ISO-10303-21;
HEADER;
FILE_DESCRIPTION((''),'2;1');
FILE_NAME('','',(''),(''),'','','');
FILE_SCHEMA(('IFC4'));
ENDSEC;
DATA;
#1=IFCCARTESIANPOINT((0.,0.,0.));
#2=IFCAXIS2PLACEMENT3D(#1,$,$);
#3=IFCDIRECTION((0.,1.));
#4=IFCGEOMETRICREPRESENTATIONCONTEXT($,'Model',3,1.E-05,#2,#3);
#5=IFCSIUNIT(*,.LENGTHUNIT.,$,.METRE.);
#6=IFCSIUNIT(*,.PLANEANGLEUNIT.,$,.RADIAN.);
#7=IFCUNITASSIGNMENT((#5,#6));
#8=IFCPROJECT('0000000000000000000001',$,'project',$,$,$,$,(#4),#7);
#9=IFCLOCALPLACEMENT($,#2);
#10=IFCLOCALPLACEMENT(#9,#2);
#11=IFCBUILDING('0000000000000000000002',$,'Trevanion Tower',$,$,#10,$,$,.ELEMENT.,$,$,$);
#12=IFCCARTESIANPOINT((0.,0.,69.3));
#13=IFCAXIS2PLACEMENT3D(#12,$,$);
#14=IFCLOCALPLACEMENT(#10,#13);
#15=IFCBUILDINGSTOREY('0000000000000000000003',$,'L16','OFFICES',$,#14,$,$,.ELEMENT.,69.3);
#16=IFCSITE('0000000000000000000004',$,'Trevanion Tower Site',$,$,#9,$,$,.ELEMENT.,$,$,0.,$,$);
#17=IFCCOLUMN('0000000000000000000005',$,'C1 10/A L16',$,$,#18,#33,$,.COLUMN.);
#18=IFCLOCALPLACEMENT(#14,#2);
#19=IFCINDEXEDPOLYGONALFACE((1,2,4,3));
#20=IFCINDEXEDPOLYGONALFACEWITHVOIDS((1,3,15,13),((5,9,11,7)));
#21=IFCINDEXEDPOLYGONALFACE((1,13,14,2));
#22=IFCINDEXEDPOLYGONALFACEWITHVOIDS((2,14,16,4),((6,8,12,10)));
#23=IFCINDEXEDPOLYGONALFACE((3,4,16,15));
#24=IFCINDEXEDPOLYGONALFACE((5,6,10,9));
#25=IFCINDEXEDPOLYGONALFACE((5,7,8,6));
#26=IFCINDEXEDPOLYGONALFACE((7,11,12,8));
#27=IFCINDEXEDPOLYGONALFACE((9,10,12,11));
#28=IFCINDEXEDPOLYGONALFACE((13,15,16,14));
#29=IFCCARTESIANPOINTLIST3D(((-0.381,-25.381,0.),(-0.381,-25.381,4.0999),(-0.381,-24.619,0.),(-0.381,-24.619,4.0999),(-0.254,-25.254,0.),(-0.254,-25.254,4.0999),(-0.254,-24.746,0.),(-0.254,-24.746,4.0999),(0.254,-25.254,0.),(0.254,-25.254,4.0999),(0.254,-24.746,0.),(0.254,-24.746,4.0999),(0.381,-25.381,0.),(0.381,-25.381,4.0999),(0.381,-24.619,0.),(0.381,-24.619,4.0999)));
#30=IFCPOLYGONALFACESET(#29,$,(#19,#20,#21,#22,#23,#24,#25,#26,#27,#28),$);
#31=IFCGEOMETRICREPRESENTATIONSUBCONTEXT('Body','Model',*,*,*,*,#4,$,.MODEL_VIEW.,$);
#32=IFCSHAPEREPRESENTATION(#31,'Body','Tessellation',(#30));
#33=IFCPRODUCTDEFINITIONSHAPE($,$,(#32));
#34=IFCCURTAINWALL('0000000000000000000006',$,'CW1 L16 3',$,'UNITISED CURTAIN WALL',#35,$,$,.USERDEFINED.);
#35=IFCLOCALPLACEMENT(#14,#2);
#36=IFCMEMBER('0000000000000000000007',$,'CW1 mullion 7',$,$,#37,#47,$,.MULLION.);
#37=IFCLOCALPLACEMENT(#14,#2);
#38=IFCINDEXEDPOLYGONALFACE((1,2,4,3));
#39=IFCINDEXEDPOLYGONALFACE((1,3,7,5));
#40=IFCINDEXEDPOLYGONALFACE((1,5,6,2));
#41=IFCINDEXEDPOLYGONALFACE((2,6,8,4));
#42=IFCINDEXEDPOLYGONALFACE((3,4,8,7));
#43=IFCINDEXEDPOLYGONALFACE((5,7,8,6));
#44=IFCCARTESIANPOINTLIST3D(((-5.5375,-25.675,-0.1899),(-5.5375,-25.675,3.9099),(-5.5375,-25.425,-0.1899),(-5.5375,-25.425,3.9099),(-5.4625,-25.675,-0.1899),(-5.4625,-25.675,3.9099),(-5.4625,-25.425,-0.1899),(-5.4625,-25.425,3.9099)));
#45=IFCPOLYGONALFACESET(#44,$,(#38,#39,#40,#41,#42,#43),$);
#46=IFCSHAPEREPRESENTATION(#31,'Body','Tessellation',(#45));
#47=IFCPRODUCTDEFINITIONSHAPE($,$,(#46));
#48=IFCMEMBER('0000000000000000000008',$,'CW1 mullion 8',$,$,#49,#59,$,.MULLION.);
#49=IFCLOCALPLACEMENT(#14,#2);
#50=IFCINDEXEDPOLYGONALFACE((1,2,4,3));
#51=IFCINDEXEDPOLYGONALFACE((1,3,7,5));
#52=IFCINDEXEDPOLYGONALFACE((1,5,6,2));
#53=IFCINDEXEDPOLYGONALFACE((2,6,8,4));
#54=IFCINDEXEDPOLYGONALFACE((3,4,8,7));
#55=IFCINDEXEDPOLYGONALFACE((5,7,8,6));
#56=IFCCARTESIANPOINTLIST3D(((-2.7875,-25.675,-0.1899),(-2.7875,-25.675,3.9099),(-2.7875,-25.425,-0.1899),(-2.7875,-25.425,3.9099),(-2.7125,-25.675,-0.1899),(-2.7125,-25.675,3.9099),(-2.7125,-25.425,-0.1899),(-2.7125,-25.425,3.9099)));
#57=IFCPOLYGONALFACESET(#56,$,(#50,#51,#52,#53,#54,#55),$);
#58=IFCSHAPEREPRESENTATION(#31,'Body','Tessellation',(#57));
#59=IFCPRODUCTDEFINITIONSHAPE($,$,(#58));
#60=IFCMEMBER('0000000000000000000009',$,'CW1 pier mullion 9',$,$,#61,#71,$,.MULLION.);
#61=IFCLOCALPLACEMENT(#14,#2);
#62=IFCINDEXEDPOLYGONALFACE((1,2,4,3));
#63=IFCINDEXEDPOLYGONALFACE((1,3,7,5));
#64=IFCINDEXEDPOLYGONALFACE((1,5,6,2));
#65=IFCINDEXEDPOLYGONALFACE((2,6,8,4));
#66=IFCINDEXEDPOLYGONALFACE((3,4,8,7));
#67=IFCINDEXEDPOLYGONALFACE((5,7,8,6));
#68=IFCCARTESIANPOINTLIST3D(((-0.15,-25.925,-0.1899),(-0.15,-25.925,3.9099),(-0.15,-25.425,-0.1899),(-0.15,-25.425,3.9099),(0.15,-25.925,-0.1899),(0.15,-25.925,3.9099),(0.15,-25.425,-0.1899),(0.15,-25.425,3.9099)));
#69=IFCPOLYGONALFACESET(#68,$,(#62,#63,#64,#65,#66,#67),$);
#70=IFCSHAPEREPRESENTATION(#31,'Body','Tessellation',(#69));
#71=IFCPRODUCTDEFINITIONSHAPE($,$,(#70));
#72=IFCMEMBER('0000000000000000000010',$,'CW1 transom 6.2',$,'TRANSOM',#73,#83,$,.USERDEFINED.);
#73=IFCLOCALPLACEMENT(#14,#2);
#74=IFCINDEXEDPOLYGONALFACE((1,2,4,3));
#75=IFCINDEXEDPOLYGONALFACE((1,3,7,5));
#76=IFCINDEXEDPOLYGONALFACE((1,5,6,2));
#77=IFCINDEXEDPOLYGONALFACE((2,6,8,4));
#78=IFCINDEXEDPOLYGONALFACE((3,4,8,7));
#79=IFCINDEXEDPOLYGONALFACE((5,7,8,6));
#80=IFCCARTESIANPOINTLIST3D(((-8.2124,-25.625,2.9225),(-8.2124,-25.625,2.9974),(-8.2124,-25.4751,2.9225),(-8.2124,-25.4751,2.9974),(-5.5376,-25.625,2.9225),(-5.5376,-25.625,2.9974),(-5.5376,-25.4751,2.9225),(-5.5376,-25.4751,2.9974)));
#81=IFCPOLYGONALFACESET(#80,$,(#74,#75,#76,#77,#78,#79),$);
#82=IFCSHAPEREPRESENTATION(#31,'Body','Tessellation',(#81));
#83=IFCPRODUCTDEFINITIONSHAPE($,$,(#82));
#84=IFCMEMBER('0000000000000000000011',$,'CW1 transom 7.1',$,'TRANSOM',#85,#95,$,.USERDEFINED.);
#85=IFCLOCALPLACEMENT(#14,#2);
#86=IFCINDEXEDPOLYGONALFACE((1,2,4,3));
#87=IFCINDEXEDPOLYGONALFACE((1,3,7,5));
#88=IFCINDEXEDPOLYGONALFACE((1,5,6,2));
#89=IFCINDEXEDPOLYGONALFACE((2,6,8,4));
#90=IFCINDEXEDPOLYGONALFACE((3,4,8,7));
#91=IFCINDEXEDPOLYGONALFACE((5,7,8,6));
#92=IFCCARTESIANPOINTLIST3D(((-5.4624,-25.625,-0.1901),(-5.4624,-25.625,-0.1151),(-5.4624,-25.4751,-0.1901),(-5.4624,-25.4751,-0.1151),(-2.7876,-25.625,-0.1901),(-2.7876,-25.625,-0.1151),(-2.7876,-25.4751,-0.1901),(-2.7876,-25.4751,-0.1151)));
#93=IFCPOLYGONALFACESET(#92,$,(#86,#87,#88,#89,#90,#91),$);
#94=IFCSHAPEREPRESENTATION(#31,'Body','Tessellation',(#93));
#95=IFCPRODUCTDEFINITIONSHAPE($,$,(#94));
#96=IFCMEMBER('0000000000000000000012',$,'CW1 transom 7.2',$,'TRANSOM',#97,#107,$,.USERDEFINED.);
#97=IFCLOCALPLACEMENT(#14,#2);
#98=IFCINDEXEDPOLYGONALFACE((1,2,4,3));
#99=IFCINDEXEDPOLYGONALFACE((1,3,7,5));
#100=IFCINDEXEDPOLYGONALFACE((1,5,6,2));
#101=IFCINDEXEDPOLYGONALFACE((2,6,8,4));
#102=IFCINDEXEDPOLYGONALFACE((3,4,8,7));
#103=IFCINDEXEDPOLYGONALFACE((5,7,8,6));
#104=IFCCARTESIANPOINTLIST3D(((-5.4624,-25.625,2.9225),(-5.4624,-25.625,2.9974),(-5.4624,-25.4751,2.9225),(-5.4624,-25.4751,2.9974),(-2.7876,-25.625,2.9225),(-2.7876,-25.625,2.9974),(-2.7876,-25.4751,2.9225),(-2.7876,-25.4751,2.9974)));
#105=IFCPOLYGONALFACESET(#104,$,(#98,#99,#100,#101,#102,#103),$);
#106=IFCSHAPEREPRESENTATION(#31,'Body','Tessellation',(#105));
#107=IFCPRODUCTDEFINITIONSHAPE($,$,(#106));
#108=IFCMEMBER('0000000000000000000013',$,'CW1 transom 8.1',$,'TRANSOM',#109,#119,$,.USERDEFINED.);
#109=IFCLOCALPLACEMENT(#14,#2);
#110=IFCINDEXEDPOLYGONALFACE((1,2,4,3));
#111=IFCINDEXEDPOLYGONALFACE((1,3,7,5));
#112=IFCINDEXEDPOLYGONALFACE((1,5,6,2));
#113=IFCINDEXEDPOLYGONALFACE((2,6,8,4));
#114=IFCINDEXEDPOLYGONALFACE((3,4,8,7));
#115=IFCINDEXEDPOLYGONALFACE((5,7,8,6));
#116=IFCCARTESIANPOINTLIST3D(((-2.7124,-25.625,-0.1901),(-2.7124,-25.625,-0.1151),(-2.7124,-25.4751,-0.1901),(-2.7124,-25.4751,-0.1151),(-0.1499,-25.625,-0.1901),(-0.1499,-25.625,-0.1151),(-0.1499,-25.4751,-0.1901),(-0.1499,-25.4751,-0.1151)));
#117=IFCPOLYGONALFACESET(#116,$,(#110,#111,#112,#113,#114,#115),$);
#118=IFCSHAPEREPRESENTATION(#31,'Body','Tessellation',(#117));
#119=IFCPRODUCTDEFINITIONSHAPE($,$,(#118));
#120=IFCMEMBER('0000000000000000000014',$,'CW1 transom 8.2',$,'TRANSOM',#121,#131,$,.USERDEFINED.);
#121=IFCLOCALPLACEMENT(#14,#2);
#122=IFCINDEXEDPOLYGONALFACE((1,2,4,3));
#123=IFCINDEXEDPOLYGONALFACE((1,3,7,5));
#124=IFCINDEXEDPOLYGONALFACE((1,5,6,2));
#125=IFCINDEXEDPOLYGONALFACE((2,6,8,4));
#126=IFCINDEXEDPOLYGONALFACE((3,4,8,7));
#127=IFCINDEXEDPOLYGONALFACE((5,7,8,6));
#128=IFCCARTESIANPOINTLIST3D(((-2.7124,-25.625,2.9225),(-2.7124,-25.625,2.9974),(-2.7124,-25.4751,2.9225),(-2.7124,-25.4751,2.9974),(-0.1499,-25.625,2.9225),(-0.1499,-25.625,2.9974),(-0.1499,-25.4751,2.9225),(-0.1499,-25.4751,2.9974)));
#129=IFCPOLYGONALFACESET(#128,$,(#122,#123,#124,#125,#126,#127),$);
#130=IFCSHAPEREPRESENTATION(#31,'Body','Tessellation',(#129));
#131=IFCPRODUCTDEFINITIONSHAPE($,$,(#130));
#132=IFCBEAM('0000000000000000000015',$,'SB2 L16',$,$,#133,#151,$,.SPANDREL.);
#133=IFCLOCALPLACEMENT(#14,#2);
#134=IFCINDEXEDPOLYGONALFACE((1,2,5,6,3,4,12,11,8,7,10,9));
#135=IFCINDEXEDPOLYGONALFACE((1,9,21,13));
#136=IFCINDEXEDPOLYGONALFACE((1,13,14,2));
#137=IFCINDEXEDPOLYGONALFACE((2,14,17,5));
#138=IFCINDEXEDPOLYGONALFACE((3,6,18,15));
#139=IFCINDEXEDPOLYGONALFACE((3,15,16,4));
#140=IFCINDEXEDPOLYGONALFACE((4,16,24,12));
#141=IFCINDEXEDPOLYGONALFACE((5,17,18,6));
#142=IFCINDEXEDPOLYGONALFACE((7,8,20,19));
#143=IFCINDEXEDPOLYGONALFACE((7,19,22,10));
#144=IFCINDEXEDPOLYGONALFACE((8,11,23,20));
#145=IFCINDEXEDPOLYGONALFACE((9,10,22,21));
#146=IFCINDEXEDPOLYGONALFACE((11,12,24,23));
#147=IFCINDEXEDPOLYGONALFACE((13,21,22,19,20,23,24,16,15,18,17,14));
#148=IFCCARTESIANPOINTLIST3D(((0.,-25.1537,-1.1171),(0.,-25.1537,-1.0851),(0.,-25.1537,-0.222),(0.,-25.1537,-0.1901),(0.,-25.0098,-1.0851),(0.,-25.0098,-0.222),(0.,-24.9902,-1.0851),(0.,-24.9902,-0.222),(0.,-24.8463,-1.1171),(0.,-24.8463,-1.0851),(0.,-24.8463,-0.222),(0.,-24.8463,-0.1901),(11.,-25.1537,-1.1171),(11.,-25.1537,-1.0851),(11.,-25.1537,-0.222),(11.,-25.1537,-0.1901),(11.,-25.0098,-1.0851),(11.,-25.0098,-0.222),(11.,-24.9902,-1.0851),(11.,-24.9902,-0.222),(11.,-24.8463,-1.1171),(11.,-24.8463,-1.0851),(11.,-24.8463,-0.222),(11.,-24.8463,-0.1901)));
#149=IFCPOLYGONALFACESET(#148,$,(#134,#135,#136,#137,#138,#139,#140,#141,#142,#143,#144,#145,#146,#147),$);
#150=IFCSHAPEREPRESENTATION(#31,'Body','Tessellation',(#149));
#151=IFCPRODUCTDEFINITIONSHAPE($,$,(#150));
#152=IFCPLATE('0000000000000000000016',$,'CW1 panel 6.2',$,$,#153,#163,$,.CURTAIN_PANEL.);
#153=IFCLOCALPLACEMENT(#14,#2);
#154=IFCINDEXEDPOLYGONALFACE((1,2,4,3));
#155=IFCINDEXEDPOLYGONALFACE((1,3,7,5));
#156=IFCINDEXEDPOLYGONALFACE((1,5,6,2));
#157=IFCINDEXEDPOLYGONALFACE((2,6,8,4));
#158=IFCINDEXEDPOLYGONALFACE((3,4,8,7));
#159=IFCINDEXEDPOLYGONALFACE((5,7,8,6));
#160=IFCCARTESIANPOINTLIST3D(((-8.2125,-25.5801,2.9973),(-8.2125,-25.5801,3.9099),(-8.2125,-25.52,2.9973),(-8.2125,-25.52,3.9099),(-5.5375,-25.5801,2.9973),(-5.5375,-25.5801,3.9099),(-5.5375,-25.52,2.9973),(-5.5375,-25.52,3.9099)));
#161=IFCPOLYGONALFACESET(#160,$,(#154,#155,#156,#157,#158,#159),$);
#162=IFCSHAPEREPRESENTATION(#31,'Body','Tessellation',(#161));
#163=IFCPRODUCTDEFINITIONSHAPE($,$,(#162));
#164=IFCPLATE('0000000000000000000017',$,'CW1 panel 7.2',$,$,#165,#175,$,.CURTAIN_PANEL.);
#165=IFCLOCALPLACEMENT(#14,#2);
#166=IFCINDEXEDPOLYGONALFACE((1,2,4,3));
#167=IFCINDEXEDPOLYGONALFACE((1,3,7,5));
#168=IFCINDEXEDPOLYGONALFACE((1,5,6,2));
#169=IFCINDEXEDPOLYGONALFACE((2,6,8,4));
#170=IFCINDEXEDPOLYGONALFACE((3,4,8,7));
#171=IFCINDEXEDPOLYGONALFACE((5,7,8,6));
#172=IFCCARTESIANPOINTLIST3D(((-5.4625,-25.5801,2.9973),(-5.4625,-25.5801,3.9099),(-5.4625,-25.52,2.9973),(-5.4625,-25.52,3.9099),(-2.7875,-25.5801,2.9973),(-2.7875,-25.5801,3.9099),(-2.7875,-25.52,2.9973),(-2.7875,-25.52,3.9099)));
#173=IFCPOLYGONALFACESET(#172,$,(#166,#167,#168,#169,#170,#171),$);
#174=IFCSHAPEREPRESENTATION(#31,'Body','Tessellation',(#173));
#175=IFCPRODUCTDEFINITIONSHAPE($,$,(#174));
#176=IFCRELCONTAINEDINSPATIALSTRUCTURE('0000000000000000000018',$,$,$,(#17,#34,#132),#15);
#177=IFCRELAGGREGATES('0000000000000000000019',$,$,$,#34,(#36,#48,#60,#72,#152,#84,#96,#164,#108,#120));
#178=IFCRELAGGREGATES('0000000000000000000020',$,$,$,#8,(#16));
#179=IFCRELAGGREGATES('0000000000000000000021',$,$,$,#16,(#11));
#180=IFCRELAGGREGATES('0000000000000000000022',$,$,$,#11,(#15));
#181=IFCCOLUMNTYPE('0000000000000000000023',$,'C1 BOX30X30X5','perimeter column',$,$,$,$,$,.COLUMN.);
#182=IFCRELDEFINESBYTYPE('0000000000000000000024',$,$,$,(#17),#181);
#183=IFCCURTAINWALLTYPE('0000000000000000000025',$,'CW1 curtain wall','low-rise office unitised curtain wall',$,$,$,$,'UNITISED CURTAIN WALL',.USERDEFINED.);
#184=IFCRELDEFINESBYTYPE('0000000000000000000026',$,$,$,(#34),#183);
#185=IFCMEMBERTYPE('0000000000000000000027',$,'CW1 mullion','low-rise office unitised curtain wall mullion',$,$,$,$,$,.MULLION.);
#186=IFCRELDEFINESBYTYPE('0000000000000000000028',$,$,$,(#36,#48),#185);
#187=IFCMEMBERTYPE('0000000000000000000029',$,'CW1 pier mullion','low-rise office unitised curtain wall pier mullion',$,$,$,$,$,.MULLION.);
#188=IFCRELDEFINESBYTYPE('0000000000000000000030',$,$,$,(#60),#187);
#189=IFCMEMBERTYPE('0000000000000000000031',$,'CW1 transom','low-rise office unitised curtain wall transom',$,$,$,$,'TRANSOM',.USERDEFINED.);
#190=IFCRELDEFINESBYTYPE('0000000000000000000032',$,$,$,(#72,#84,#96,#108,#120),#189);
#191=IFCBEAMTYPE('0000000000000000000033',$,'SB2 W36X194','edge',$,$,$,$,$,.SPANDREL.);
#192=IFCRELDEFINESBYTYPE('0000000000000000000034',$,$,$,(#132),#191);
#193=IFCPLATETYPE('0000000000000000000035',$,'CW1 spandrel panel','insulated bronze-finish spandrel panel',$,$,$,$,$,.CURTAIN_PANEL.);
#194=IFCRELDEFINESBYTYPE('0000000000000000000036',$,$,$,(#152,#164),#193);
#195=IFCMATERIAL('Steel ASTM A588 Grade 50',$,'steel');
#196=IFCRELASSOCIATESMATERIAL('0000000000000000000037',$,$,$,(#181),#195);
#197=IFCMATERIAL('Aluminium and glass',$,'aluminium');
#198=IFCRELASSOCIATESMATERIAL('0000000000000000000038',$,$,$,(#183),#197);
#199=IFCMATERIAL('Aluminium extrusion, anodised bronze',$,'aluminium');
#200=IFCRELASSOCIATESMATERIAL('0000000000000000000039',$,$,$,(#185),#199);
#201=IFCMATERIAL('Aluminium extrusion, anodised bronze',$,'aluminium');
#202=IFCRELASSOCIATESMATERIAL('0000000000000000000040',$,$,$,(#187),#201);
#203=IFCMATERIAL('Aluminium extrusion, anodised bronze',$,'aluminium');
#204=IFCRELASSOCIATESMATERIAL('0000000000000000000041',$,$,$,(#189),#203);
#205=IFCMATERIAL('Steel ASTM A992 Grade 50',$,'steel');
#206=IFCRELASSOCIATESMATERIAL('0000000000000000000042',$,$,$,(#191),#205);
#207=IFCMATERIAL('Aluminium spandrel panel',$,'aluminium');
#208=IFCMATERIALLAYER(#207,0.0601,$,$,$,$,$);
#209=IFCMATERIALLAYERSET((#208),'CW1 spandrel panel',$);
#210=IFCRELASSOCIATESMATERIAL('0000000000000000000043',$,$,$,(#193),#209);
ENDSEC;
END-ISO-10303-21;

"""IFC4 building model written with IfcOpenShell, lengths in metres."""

from ifc_helpers import new_model, si_unit, direction, frame, origin, origin_2d, place, context, subcontext, project, spatial, rectangle, hollow_rectangle, i_section, extrude, material, layer, layer_set, material_profile, profile_set, type_object, element, aggregate, save


model = new_model("IFC4")

# Units and contexts
model_context = context("Model", 3, precision=1e-05, world=origin(), true_north=direction((0.0, 1.0)))
body_context = subcontext(model_context, "Body", "Model", "MODEL_VIEW")
ifc_project = project(units=[si_unit("LENGTHUNIT", "METRE"), si_unit("PLANEANGLEUNIT", "RADIAN")], contexts=[model_context])

# Site, building, storey
site_placement = place(None, origin())
site = spatial("IfcSite", under=ifc_project, at=site_placement, Name="Trevanion Tower Site", CompositionType="ELEMENT", RefElevation=0.0)
building_placement = place(site_placement, origin())
building = spatial("IfcBuilding", under=site, at=building_placement, Name="Trevanion Tower", CompositionType="ELEMENT")
storey_placement = place(building_placement, frame((0.0, 0.0, 69.3)))
storey = spatial("IfcBuildingStorey", under=building, at=storey_placement, Name="L16", Description="OFFICES", CompositionType="ELEMENT", Elevation=69.3)

# Column
ifc_material_1 = material(Name="Steel ASTM A588 Grade 50", Category="steel")
ifc_material_profile_1 = material_profile(ifc_material_1, hollow_rectangle(XDim=0.762, YDim=0.762, WallThickness=0.127, at=origin_2d()), Name="BOX30X30X5")
ifc_profile_set_1 = profile_set([ifc_material_profile_1], Name="Steel ASTM A588 Grade 50")
column_type = type_object("IfcColumnType", Name="C1 BOX30X30X5", Description="perimeter column", PredefinedType="COLUMN", material=ifc_profile_set_1)
column_placement = place(storey_placement, frame((0.0, -25.0, 0.0), z_axis=(0.0, 0.0, 1.0), x_axis=(1.0, 0.0, 0.0)))
element("IfcColumn", 1, at=column_placement, inside=storey, type_object=column_type, Name="C1 10/A L16", PredefinedType="COLUMN", context=body_context, shape_type="SweptSolid", body=[
    extrude(hollow_rectangle(XDim=0.762, YDim=0.762, WallThickness=0.127, at=origin_2d()), origin(), (0.0, 0.0, 1.0), 4.0999),
])

# Curtain wall, members
ifc_material_2 = material(Name="Aluminium and glass", Category="aluminium")
curtain_wall_type = type_object("IfcCurtainWallType", Name="CW1 curtain wall", Description="low-rise office unitised curtain wall", ElementType="UNITISED CURTAIN WALL", PredefinedType="USERDEFINED", material=ifc_material_2)
curtain_wall_placement = place(storey_placement, origin())
curtain_wall = element("IfcCurtainWall", 2, at=curtain_wall_placement, inside=storey, type_object=curtain_wall_type, Name="CW1 L16 3", ObjectType="UNITISED CURTAIN WALL", PredefinedType="USERDEFINED")
ifc_material_3 = material(Name="Aluminium extrusion, anodised bronze", Category="aluminium")
ifc_material_profile_2 = material_profile(ifc_material_3, rectangle(XDim=0.075, YDim=0.25, at=origin_2d()), Name="CW1 mullion")
ifc_profile_set_2 = profile_set([ifc_material_profile_2], Name="Aluminium extrusion, anodised bronze")
member_type_1 = type_object("IfcMemberType", Name="CW1 mullion", Description="low-rise office unitised curtain wall mullion", PredefinedType="MULLION", material=ifc_profile_set_2)
member_1_placement = place(storey_placement, frame((-5.5, -25.55, -0.1899), z_axis=(0.0, 0.0, 1.0), x_axis=(1.0, 0.0, 0.0)))
member_1 = element("IfcMember", 3, at=member_1_placement, type_object=member_type_1, Name="CW1 mullion 7", PredefinedType="MULLION", context=body_context, shape_type="SweptSolid", body=[
    extrude(rectangle(XDim=0.075, YDim=0.25, at=origin_2d()), origin(), (0.0, 0.0, 1.0), 4.0999),
])
member_2_placement = place(storey_placement, frame((-2.75, -25.55, -0.1899), z_axis=(0.0, 0.0, 1.0), x_axis=(1.0, 0.0, 0.0)))
member_2 = element("IfcMember", 4, at=member_2_placement, type_object=member_type_1, Name="CW1 mullion 8", PredefinedType="MULLION", context=body_context, shape_type="SweptSolid", body=[
    extrude(rectangle(XDim=0.075, YDim=0.25, at=origin_2d()), origin(), (0.0, 0.0, 1.0), 4.0999),
])
ifc_material_4 = material(Name="Aluminium extrusion, anodised bronze", Category="aluminium")
ifc_material_profile_3 = material_profile(ifc_material_4, rectangle(XDim=0.3, YDim=0.5, at=origin_2d()), Name="CW1 pier mullion")
ifc_profile_set_3 = profile_set([ifc_material_profile_3], Name="Aluminium extrusion, anodised bronze")
member_type_2 = type_object("IfcMemberType", Name="CW1 pier mullion", Description="low-rise office unitised curtain wall pier mullion", PredefinedType="MULLION", material=ifc_profile_set_3)
member_3_placement = place(storey_placement, frame((0.0, -25.675, -0.1899), z_axis=(0.0, 0.0, 1.0), x_axis=(1.0, 0.0, 0.0)))
member_3 = element("IfcMember", 5, at=member_3_placement, type_object=member_type_2, Name="CW1 pier mullion 9", PredefinedType="MULLION", context=body_context, shape_type="SweptSolid", body=[
    extrude(rectangle(XDim=0.3, YDim=0.5, at=origin_2d()), origin(), (0.0, 0.0, 1.0), 4.0999),
])
ifc_material_5 = material(Name="Aluminium extrusion, anodised bronze", Category="aluminium")
ifc_material_profile_4 = material_profile(ifc_material_5, rectangle(XDim=0.1499, YDim=0.075, at=origin_2d()), Name="CW1 transom")
ifc_profile_set_4 = profile_set([ifc_material_profile_4], Name="Aluminium extrusion, anodised bronze")
member_type_3 = type_object("IfcMemberType", Name="CW1 transom", Description="low-rise office unitised curtain wall transom", ElementType="TRANSOM", PredefinedType="USERDEFINED", material=ifc_profile_set_4)
member_4_placement = place(storey_placement, frame((-8.2124, -25.55, 2.96), z_axis=(1.0, 0.0, 0.0), x_axis=(0.0, 1.0, 0.0)))
member_4 = element("IfcMember", 6, at=member_4_placement, type_object=member_type_3, Name="CW1 transom 6.2", ObjectType="TRANSOM", PredefinedType="USERDEFINED", context=body_context, shape_type="SweptSolid", body=[
    extrude(rectangle(XDim=0.1499, YDim=0.075, at=origin_2d()), origin(), (0.0, 0.0, 1.0), 2.6748),
])
member_5_placement = place(storey_placement, frame((-5.4624, -25.55, -0.1526), z_axis=(1.0, 0.0, 0.0), x_axis=(0.0, 1.0, 0.0)))
member_5 = element("IfcMember", 7, at=member_5_placement, type_object=member_type_3, Name="CW1 transom 7.1", ObjectType="TRANSOM", PredefinedType="USERDEFINED", context=body_context, shape_type="SweptSolid", body=[
    extrude(rectangle(XDim=0.1499, YDim=0.075, at=origin_2d()), origin(), (0.0, 0.0, 1.0), 2.6748),
])
member_6_placement = place(storey_placement, frame((-5.4624, -25.55, 2.96), z_axis=(1.0, 0.0, 0.0), x_axis=(0.0, 1.0, 0.0)))
member_6 = element("IfcMember", 8, at=member_6_placement, type_object=member_type_3, Name="CW1 transom 7.2", ObjectType="TRANSOM", PredefinedType="USERDEFINED", context=body_context, shape_type="SweptSolid", body=[
    extrude(rectangle(XDim=0.1499, YDim=0.075, at=origin_2d()), origin(), (0.0, 0.0, 1.0), 2.6748),
])
member_7_placement = place(storey_placement, frame((-2.7124, -25.55, -0.1526), z_axis=(1.0, 0.0, 0.0), x_axis=(0.0, 1.0, 0.0)))
member_7 = element("IfcMember", 9, at=member_7_placement, type_object=member_type_3, Name="CW1 transom 8.1", ObjectType="TRANSOM", PredefinedType="USERDEFINED", context=body_context, shape_type="SweptSolid", body=[
    extrude(rectangle(XDim=0.1499, YDim=0.075, at=origin_2d()), origin(), (0.0, 0.0, 1.0), 2.5625),
])
member_8_placement = place(storey_placement, frame((-2.7124, -25.55, 2.96), z_axis=(1.0, 0.0, 0.0), x_axis=(0.0, 1.0, 0.0)))
member_8 = element("IfcMember", 10, at=member_8_placement, type_object=member_type_3, Name="CW1 transom 8.2", ObjectType="TRANSOM", PredefinedType="USERDEFINED", context=body_context, shape_type="SweptSolid", body=[
    extrude(rectangle(XDim=0.1499, YDim=0.075, at=origin_2d()), origin(), (0.0, 0.0, 1.0), 2.5625),
])

# Beam
ifc_material_6 = material(Name="Steel ASTM A992 Grade 50", Category="steel")
ifc_material_profile_5 = material_profile(ifc_material_6, i_section(OverallWidth=0.3074, OverallDepth=0.927, WebThickness=0.0195, FlangeThickness=0.032, at=origin_2d()), Name="W36X194")
ifc_profile_set_5 = profile_set([ifc_material_profile_5], Name="Steel ASTM A992 Grade 50")
beam_type = type_object("IfcBeamType", Name="SB2 W36X194", Description="edge", PredefinedType="SPANDREL", material=ifc_profile_set_5)
beam_placement = place(storey_placement, frame((0.0, -25.0, -0.6536), z_axis=(1.0, 0.0, 0.0), x_axis=(0.0, 1.0, 0.0)))
element("IfcBeam", 11, at=beam_placement, inside=storey, type_object=beam_type, Name="SB2 L16", PredefinedType="SPANDREL", context=body_context, shape_type="SweptSolid", body=[
    extrude(i_section(OverallWidth=0.3074, OverallDepth=0.927, WebThickness=0.0195, FlangeThickness=0.032, at=origin_2d()), origin(), (0.0, 0.0, 1.0), 11.0),
])

# Plates
ifc_material_7 = material(Name="Aluminium spandrel panel", Category="aluminium")
ifc_layer_1 = layer(ifc_material_7, 0.0601)
ifc_layer_set_1 = layer_set([ifc_layer_1], Name="CW1 spandrel panel")
plate_type_1 = type_object("IfcPlateType", Name="CW1 spandrel panel", Description="insulated bronze-finish spandrel panel", PredefinedType="CURTAIN_PANEL", material=ifc_layer_set_1)
plate_1_placement = place(storey_placement, frame((-6.875, -25.55, 2.9973), z_axis=(0.0, 0.0, 1.0), x_axis=(1.0, 0.0, 0.0)))
plate_1 = element("IfcPlate", 12, at=plate_1_placement, type_object=plate_type_1, Name="CW1 panel 6.2", PredefinedType="CURTAIN_PANEL", context=body_context, shape_type="SweptSolid", body=[
    extrude(rectangle(XDim=2.675, YDim=0.0601, at=origin_2d()), origin(), (0.0, 0.0, 1.0), 0.9126),
])
plate_2_placement = place(storey_placement, frame((-4.125, -25.55, 2.9973), z_axis=(0.0, 0.0, 1.0), x_axis=(1.0, 0.0, 0.0)))
plate_2 = element("IfcPlate", 13, at=plate_2_placement, type_object=plate_type_1, Name="CW1 panel 7.2", PredefinedType="CURTAIN_PANEL", context=body_context, shape_type="SweptSolid", body=[
    extrude(rectangle(XDim=2.675, YDim=0.0601, at=origin_2d()), origin(), (0.0, 0.0, 1.0), 0.9126),
])
aggregate(curtain_wall, [member_1, member_2, member_3, member_4, plate_1, member_5, member_6, plate_2, member_7, member_8])

save(model, "model.ifc")
